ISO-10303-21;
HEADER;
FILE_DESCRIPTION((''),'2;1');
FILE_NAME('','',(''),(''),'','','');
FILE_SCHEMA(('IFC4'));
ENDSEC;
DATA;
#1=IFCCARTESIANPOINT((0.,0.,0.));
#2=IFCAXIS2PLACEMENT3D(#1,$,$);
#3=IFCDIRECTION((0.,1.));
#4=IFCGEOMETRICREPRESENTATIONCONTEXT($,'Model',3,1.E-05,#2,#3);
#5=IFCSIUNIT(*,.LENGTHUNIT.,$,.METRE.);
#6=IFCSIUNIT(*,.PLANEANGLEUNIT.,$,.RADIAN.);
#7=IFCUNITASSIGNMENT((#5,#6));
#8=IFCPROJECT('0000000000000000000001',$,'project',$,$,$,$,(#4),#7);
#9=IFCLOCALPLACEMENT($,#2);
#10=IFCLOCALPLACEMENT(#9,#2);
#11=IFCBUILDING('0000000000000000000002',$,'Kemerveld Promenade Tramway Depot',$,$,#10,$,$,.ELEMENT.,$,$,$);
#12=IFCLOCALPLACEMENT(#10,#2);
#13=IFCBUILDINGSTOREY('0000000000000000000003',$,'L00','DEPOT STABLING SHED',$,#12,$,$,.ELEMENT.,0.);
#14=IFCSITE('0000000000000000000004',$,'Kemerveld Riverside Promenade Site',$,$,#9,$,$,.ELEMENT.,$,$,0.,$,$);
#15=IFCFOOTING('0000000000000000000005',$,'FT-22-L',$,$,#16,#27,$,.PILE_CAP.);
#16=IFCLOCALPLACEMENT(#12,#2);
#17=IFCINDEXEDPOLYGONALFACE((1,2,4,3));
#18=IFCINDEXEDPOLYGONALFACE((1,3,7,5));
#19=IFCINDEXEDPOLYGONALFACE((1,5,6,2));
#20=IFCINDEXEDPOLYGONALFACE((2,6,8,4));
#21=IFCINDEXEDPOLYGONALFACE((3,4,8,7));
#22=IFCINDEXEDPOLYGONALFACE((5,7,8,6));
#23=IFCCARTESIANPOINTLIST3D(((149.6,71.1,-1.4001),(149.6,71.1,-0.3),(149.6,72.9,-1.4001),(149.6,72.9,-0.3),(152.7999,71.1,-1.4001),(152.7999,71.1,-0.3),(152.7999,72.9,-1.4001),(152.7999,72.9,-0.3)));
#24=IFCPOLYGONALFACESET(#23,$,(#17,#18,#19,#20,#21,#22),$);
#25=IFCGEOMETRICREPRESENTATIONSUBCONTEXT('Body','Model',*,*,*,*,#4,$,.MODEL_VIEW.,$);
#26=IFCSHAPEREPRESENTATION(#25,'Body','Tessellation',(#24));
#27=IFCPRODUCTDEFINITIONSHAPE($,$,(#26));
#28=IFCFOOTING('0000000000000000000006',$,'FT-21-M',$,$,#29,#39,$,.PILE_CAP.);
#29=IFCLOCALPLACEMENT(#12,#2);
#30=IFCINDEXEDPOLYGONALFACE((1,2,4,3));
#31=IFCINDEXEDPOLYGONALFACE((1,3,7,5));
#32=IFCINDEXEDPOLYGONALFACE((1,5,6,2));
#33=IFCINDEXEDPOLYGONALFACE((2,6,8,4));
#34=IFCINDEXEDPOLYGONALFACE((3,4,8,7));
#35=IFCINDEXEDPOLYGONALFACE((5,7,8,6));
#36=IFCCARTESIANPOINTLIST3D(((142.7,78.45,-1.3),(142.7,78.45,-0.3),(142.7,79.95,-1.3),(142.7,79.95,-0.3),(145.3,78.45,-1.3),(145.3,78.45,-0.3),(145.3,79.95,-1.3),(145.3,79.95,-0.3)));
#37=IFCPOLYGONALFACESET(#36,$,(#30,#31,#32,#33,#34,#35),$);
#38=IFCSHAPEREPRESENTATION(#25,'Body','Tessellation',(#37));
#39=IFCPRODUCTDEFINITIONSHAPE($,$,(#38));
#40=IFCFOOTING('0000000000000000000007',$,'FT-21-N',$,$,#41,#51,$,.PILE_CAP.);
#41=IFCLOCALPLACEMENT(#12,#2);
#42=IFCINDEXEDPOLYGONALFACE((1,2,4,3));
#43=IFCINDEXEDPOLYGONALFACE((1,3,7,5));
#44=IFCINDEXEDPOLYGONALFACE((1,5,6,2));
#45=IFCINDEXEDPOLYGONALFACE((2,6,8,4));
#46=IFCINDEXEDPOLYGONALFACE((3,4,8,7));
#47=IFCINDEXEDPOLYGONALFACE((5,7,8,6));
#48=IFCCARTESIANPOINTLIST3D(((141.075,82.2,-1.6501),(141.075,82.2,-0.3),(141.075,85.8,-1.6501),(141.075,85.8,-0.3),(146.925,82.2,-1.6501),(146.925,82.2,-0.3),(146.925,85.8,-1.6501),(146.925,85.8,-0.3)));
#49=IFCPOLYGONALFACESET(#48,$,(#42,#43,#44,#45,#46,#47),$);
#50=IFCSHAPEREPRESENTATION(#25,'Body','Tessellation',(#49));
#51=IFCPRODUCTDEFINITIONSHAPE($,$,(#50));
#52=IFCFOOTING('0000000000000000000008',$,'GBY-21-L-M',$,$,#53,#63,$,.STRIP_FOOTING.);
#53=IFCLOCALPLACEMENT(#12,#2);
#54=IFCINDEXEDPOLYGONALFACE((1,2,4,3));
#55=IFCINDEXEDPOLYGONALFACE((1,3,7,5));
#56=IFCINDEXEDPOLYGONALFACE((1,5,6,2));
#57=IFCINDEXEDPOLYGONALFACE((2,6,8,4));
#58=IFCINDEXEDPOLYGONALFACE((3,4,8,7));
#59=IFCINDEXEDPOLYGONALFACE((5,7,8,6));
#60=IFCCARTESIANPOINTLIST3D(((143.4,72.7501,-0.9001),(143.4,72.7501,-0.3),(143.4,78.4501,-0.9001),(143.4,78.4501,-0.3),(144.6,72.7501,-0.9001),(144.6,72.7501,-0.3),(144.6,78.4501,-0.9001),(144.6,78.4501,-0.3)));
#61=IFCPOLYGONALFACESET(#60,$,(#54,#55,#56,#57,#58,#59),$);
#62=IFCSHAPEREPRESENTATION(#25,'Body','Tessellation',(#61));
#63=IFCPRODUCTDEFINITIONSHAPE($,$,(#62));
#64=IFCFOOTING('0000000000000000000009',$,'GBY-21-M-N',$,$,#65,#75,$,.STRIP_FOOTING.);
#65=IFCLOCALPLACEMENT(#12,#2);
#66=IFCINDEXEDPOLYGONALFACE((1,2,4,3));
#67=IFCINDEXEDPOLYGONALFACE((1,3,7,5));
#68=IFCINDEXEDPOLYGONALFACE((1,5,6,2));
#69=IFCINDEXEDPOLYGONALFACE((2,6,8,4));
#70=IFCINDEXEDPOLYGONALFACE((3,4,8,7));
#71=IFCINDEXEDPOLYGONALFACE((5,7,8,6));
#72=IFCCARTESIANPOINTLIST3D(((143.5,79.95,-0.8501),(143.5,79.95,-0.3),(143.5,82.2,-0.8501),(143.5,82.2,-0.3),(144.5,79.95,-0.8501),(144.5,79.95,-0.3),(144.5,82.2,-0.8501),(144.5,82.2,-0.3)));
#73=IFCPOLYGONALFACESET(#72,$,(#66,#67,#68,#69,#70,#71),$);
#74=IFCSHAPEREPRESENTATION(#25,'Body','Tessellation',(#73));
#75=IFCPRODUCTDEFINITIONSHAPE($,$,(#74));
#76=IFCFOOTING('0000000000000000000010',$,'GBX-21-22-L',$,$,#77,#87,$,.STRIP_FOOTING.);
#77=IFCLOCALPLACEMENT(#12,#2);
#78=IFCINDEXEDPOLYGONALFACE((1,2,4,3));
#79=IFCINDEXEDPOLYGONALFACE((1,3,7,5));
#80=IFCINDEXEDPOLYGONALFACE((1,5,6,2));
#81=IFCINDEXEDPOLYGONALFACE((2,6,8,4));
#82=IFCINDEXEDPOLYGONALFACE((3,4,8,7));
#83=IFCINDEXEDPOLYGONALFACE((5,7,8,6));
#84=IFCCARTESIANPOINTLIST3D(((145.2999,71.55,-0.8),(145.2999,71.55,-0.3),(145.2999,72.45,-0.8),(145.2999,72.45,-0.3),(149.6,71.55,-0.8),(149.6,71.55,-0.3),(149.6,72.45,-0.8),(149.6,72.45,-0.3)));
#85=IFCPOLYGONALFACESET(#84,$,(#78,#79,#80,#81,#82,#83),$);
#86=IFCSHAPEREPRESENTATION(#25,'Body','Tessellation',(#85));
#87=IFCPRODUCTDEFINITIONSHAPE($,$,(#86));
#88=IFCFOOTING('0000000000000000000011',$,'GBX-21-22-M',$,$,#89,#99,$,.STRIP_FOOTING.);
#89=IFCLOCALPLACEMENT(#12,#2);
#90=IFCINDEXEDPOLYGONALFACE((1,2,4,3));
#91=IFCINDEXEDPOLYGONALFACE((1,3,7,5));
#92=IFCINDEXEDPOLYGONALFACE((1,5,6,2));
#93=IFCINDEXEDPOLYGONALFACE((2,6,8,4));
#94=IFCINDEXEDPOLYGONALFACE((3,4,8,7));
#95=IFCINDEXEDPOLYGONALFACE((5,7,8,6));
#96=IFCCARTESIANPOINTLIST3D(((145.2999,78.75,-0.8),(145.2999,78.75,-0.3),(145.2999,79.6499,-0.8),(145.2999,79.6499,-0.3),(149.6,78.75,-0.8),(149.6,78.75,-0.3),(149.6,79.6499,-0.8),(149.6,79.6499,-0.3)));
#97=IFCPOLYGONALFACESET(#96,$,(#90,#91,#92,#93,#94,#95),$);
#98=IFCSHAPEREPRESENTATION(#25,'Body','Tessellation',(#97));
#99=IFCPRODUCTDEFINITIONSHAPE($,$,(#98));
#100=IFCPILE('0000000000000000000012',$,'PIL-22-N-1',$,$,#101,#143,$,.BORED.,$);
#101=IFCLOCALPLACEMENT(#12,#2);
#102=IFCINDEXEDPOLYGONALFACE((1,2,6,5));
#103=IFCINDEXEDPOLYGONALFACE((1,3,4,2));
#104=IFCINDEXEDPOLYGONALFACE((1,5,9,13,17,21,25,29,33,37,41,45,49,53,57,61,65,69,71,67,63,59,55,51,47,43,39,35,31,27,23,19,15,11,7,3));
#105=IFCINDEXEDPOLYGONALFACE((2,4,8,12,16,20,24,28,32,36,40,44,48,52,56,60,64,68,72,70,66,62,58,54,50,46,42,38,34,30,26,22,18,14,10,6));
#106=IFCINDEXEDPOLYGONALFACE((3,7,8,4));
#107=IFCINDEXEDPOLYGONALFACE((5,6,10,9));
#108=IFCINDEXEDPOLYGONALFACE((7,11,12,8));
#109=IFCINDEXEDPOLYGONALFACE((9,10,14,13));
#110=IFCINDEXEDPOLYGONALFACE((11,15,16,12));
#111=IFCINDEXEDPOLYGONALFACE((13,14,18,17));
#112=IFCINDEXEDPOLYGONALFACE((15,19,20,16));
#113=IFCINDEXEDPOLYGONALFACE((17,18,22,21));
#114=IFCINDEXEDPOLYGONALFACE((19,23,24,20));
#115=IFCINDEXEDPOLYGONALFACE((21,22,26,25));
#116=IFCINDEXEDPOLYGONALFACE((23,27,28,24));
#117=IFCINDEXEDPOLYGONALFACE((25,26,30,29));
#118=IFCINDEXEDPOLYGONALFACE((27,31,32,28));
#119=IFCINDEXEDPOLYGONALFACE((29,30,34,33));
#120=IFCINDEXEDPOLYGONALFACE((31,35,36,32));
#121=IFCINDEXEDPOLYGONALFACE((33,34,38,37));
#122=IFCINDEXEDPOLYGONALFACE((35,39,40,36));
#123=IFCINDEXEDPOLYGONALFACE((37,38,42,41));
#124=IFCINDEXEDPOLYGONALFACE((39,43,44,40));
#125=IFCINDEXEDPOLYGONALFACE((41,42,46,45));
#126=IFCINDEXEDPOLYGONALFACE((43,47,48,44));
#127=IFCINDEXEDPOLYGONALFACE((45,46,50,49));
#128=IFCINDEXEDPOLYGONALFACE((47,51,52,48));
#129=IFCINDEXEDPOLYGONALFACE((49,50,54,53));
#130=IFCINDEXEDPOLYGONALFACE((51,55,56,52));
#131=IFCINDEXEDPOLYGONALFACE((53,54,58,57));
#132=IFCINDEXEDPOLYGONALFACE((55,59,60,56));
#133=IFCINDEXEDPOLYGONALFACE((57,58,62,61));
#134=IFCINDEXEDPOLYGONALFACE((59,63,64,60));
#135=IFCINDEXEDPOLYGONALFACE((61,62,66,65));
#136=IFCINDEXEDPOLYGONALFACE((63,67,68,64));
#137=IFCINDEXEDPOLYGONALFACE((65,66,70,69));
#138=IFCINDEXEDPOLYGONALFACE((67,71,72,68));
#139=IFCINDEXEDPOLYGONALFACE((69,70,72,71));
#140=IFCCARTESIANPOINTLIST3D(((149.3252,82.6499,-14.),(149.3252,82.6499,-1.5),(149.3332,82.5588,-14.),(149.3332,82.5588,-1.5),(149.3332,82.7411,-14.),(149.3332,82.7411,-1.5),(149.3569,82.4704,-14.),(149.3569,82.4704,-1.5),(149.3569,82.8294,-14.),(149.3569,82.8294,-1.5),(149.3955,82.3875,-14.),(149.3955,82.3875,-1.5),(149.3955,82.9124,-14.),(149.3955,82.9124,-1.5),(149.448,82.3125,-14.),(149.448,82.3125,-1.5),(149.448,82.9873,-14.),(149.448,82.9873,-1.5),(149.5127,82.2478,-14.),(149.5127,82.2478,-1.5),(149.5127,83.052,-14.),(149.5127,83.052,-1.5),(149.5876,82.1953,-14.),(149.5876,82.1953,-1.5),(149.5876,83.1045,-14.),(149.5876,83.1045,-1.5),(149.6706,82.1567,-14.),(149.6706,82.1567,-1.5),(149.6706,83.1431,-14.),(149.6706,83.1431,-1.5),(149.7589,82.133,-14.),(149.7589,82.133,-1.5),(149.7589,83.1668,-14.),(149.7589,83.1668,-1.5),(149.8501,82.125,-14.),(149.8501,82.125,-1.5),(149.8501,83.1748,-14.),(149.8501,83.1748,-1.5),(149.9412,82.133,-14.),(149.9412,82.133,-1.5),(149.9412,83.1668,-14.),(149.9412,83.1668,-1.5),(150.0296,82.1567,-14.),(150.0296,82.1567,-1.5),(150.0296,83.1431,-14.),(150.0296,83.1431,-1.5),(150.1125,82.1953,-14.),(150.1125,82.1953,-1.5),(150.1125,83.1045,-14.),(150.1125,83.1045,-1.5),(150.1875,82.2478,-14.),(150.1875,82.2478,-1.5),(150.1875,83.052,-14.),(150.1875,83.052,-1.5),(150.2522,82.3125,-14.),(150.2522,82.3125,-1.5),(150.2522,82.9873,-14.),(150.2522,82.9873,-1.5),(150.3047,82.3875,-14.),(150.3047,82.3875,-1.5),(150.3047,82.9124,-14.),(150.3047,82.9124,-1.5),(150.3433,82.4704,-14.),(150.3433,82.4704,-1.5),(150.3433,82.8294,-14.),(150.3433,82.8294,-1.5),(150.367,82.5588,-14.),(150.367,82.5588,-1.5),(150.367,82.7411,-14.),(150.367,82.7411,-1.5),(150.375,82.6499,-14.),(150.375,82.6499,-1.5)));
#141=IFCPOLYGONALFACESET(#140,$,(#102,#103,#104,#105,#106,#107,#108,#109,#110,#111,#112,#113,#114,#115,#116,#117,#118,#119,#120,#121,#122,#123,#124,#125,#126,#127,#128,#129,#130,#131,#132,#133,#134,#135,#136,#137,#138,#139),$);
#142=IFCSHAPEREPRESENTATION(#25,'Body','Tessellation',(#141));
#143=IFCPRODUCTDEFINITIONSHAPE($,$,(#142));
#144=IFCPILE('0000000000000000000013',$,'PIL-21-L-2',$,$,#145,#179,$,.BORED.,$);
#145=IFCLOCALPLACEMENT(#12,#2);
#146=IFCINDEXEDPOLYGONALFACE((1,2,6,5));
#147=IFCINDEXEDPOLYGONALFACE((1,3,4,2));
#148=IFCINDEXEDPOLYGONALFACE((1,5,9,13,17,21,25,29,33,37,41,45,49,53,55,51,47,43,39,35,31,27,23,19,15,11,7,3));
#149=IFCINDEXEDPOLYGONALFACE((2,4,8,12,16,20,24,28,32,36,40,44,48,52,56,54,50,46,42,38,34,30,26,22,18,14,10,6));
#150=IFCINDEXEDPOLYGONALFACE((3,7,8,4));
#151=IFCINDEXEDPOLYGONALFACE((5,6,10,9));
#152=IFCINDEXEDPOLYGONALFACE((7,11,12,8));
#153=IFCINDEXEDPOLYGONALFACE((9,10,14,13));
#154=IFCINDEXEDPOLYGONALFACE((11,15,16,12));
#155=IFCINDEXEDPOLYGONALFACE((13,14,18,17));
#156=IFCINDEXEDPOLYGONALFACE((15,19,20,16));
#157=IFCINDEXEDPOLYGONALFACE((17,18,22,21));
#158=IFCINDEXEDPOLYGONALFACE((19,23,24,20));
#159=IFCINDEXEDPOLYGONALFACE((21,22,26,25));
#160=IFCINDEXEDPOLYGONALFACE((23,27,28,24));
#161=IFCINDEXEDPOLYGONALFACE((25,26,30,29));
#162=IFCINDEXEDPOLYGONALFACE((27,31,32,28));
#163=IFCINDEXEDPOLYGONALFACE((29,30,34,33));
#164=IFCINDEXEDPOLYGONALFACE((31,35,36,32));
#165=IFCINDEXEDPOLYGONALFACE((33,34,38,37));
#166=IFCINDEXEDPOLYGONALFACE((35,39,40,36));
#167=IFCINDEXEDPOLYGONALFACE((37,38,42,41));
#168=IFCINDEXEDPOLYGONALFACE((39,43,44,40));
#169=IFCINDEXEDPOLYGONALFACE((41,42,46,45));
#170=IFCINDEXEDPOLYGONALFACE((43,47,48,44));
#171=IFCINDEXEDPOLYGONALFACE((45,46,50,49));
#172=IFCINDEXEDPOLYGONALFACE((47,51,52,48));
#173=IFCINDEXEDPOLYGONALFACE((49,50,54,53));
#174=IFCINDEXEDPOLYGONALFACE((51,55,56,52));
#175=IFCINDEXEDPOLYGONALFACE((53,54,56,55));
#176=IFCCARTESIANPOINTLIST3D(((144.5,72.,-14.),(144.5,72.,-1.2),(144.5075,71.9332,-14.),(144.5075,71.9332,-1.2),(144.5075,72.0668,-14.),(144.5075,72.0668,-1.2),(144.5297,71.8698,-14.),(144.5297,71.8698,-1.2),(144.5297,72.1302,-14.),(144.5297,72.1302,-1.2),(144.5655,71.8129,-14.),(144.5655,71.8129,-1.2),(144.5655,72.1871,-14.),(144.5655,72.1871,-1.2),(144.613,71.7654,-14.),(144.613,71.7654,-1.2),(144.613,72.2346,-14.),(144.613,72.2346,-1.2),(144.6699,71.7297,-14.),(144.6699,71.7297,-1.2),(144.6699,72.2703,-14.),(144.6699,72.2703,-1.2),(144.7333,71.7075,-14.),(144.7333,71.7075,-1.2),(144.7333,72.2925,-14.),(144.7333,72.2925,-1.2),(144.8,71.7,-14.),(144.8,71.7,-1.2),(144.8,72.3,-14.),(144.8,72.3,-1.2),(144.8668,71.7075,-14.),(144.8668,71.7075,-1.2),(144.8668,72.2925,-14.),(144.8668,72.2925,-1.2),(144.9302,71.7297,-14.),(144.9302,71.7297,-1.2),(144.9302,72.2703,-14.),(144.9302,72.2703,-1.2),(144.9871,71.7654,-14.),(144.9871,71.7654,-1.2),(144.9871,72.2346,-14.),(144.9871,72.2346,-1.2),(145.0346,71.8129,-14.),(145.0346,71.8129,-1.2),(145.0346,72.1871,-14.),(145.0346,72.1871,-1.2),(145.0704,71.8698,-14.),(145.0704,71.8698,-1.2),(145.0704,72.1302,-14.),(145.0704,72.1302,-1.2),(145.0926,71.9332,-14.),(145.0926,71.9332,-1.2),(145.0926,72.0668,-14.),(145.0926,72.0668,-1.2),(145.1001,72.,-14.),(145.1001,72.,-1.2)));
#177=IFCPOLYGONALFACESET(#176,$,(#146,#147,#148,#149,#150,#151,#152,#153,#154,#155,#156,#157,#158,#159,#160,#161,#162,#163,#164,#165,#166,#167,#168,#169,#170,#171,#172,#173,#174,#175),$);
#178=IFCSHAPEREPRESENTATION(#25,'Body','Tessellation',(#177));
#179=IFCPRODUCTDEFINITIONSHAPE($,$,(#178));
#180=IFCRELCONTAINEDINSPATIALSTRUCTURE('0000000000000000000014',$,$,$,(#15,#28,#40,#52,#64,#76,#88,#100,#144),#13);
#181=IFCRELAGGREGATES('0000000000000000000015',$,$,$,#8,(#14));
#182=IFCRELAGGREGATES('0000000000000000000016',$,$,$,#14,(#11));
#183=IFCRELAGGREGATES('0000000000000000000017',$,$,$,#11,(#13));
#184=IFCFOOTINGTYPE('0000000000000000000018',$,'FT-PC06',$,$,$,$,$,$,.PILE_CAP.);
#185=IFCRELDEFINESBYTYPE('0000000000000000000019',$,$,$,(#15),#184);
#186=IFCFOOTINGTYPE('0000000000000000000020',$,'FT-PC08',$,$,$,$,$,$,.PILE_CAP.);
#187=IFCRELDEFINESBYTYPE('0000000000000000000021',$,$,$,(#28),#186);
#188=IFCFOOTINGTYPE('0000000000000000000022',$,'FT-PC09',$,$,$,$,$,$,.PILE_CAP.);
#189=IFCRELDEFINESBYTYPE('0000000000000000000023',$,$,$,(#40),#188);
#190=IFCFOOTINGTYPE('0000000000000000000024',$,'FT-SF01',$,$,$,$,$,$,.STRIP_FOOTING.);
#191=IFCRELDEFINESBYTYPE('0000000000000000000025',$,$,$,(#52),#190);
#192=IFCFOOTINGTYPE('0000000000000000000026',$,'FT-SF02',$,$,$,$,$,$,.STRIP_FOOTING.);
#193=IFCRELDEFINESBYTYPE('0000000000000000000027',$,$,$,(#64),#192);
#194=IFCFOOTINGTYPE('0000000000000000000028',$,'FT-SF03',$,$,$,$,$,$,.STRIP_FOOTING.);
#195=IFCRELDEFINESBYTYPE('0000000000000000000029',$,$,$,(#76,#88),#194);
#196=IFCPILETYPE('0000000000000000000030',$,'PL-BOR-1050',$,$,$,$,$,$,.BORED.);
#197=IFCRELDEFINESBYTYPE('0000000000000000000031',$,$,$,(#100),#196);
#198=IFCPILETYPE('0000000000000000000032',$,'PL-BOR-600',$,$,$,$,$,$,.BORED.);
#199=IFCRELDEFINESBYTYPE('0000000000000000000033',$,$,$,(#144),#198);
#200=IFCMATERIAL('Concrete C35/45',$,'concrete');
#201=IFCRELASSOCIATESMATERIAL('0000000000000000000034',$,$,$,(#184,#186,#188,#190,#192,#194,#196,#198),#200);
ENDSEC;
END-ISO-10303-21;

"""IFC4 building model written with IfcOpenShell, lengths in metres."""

from ifc_helpers import new_model, si_unit, direction, frame, origin, origin_2d, place, context, subcontext, project, spatial, rectangle, circle, extrude, material, material_profile, profile_set, type_object, element, save


model = new_model("IFC4")

# Units and contexts
model_context = context("Model", 3, precision=1e-05, world=origin(), true_north=direction((0.0, 1.0)))
body_context = subcontext(model_context, "Body", "Model", "MODEL_VIEW")
ifc_project = project(units=[si_unit("LENGTHUNIT", "METRE"), si_unit("PLANEANGLEUNIT", "RADIAN")], contexts=[model_context])

# Site, building, storey
site_placement = place(None, origin())
site = spatial("IfcSite", under=ifc_project, at=site_placement, Name="Kemerveld Riverside Promenade Site", CompositionType="ELEMENT", RefElevation=0.0)
building_placement = place(site_placement, origin())
building = spatial("IfcBuilding", under=site, at=building_placement, Name="Kemerveld Promenade Tramway Depot", CompositionType="ELEMENT")
storey_placement = place(building_placement, origin())
storey = spatial("IfcBuildingStorey", under=building, at=storey_placement, Name="L00", Description="DEPOT STABLING SHED", CompositionType="ELEMENT", Elevation=0.0)

# Footings
ifc_material_1 = material(Name="Concrete C35/45", Category="concrete")
footing_type_1 = type_object("IfcFootingType", Name="FT-PC06", PredefinedType="PILE_CAP", material=ifc_material_1)
footing_1_placement = place(storey_placement, frame((151.2, 72.0, -1.4001), z_axis=(0.0, 0.0, 1.0), x_axis=(1.0, 0.0, 0.0)))
element("IfcFooting", 1, at=footing_1_placement, inside=storey, type_object=footing_type_1, Name="FT-22-L", PredefinedType="PILE_CAP", context=body_context, shape_type="SweptSolid", body=[
    extrude(rectangle(XDim=3.2, YDim=1.8, at=origin_2d()), origin(), (0.0, 0.0, 1.0), 1.1001),
])
footing_type_2 = type_object("IfcFootingType", Name="FT-PC08", PredefinedType="PILE_CAP", material=ifc_material_1)
footing_2_placement = place(storey_placement, frame((144.0, 79.2, -1.3), z_axis=(0.0, 0.0, 1.0), x_axis=(1.0, 0.0, 0.0)))
element("IfcFooting", 2, at=footing_2_placement, inside=storey, type_object=footing_type_2, Name="FT-21-M", PredefinedType="PILE_CAP", context=body_context, shape_type="SweptSolid", body=[
    extrude(rectangle(XDim=2.6001, YDim=1.5, at=origin_2d()), origin(), (0.0, 0.0, 1.0), 1.0),
])
footing_type_3 = type_object("IfcFootingType", Name="FT-PC09", PredefinedType="PILE_CAP", material=ifc_material_1)
footing_3_placement = place(storey_placement, frame((144.0, 84.0, -1.6501), z_axis=(0.0, 0.0, 1.0), x_axis=(1.0, 0.0, 0.0)))
element("IfcFooting", 3, at=footing_3_placement, inside=storey, type_object=footing_type_3, Name="FT-21-N", PredefinedType="PILE_CAP", context=body_context, shape_type="SweptSolid", body=[
    extrude(rectangle(XDim=5.8501, YDim=3.6001, at=origin_2d()), origin(), (0.0, 0.0, 1.0), 1.3501),
])
footing_type_4 = type_object("IfcFootingType", Name="FT-SF01", PredefinedType="STRIP_FOOTING", material=ifc_material_1)
footing_4_placement = place(storey_placement, frame((144.0, 75.6001, -0.9001), z_axis=(0.0, 0.0, 1.0), x_axis=(0.0, 1.0, 0.0)))
element("IfcFooting", 4, at=footing_4_placement, inside=storey, type_object=footing_type_4, Name="GBY-21-L-M", PredefinedType="STRIP_FOOTING", context=body_context, shape_type="SweptSolid", body=[
    extrude(rectangle(XDim=5.7, YDim=1.2, at=origin_2d()), origin(), (0.0, 0.0, 1.0), 0.6001),
])
footing_type_5 = type_object("IfcFootingType", Name="FT-SF02", PredefinedType="STRIP_FOOTING", material=ifc_material_1)
footing_5_placement = place(storey_placement, frame((144.0, 81.075, -0.8501), z_axis=(0.0, 0.0, 1.0), x_axis=(0.0, 1.0, 0.0)))
element("IfcFooting", 5, at=footing_5_placement, inside=storey, type_object=footing_type_5, Name="GBY-21-M-N", PredefinedType="STRIP_FOOTING", context=body_context, shape_type="SweptSolid", body=[
    extrude(rectangle(XDim=2.25, YDim=1.0, at=origin_2d()), origin(), (0.0, 0.0, 1.0), 0.55),
])
footing_type_6 = type_object("IfcFootingType", Name="FT-SF03", PredefinedType="STRIP_FOOTING", material=ifc_material_1)
for number, where, z_axis, x_axis, name in (
    (6, (147.45, 72.0, -0.8), (0.0, 0.0, 1.0), (1.0, 0.0, 0.0), "GBX-21-22-L"),
    (7, (147.45, 79.2, -0.8), (0.0, 0.0, 1.0), (1.0, 0.0, 0.0), "GBX-21-22-M"),
):
    element("IfcFooting", number, at=place(storey_placement, frame(where, z_axis=z_axis, x_axis=x_axis)), inside=storey, type_object=footing_type_6, Name=name, PredefinedType="STRIP_FOOTING", context=body_context, shape_type="SweptSolid", body=[
        extrude(rectangle(XDim=4.3, YDim=0.8999, at=origin_2d()), origin(), (0.0, 0.0, 1.0), 0.5),
    ])

# Piles
ifc_material_profile_1 = material_profile(ifc_material_1, circle(Radius=0.5249, at=origin_2d()), Name="PILE-D1050")
ifc_profile_set_1 = profile_set([ifc_material_profile_1], Name="Concrete C35/45")
pile_type_1 = type_object("IfcPileType", Name="PL-BOR-1050", PredefinedType="BORED", material=ifc_profile_set_1)
pile_placement = place(storey_placement, frame((149.8501, 82.6499, -1.5), z_axis=(0.0, 0.0, -1.0), x_axis=(1.0, 0.0, 0.0)))
element("IfcPile", 8, at=pile_placement, inside=storey, type_object=pile_type_1, Name="PIL-22-N-1", PredefinedType="BORED", context=body_context, shape_type="SweptSolid", body=[
    extrude(circle(Radius=0.5249, at=origin_2d()), origin(), (0.0, 0.0, 1.0), 12.5),
])
ifc_material_profile_2 = material_profile(ifc_material_1, circle(Radius=0.3, at=origin_2d()), Name="PILE-D600")
ifc_profile_set_2 = profile_set([ifc_material_profile_2], Name="Concrete C35/45")
pile_type_2 = type_object("IfcPileType", Name="PL-BOR-600", PredefinedType="BORED", material=ifc_profile_set_2)
for number, where, z_axis, x_axis, name in (
    (9, (144.8, 72.0, -1.2), (0.0, 0.0, -1.0), (1.0, 0.0, 0.0), "PIL-21-L-2"),
):
    element("IfcPile", number, at=place(storey_placement, frame(where, z_axis=z_axis, x_axis=x_axis)), inside=storey, type_object=pile_type_2, Name=name, PredefinedType="BORED", context=body_context, shape_type="SweptSolid", body=[
        extrude(circle(Radius=0.3, at=origin_2d()), origin(), (0.0, 0.0, 1.0), 12.8),
    ])

save(model, "model.ifc")
